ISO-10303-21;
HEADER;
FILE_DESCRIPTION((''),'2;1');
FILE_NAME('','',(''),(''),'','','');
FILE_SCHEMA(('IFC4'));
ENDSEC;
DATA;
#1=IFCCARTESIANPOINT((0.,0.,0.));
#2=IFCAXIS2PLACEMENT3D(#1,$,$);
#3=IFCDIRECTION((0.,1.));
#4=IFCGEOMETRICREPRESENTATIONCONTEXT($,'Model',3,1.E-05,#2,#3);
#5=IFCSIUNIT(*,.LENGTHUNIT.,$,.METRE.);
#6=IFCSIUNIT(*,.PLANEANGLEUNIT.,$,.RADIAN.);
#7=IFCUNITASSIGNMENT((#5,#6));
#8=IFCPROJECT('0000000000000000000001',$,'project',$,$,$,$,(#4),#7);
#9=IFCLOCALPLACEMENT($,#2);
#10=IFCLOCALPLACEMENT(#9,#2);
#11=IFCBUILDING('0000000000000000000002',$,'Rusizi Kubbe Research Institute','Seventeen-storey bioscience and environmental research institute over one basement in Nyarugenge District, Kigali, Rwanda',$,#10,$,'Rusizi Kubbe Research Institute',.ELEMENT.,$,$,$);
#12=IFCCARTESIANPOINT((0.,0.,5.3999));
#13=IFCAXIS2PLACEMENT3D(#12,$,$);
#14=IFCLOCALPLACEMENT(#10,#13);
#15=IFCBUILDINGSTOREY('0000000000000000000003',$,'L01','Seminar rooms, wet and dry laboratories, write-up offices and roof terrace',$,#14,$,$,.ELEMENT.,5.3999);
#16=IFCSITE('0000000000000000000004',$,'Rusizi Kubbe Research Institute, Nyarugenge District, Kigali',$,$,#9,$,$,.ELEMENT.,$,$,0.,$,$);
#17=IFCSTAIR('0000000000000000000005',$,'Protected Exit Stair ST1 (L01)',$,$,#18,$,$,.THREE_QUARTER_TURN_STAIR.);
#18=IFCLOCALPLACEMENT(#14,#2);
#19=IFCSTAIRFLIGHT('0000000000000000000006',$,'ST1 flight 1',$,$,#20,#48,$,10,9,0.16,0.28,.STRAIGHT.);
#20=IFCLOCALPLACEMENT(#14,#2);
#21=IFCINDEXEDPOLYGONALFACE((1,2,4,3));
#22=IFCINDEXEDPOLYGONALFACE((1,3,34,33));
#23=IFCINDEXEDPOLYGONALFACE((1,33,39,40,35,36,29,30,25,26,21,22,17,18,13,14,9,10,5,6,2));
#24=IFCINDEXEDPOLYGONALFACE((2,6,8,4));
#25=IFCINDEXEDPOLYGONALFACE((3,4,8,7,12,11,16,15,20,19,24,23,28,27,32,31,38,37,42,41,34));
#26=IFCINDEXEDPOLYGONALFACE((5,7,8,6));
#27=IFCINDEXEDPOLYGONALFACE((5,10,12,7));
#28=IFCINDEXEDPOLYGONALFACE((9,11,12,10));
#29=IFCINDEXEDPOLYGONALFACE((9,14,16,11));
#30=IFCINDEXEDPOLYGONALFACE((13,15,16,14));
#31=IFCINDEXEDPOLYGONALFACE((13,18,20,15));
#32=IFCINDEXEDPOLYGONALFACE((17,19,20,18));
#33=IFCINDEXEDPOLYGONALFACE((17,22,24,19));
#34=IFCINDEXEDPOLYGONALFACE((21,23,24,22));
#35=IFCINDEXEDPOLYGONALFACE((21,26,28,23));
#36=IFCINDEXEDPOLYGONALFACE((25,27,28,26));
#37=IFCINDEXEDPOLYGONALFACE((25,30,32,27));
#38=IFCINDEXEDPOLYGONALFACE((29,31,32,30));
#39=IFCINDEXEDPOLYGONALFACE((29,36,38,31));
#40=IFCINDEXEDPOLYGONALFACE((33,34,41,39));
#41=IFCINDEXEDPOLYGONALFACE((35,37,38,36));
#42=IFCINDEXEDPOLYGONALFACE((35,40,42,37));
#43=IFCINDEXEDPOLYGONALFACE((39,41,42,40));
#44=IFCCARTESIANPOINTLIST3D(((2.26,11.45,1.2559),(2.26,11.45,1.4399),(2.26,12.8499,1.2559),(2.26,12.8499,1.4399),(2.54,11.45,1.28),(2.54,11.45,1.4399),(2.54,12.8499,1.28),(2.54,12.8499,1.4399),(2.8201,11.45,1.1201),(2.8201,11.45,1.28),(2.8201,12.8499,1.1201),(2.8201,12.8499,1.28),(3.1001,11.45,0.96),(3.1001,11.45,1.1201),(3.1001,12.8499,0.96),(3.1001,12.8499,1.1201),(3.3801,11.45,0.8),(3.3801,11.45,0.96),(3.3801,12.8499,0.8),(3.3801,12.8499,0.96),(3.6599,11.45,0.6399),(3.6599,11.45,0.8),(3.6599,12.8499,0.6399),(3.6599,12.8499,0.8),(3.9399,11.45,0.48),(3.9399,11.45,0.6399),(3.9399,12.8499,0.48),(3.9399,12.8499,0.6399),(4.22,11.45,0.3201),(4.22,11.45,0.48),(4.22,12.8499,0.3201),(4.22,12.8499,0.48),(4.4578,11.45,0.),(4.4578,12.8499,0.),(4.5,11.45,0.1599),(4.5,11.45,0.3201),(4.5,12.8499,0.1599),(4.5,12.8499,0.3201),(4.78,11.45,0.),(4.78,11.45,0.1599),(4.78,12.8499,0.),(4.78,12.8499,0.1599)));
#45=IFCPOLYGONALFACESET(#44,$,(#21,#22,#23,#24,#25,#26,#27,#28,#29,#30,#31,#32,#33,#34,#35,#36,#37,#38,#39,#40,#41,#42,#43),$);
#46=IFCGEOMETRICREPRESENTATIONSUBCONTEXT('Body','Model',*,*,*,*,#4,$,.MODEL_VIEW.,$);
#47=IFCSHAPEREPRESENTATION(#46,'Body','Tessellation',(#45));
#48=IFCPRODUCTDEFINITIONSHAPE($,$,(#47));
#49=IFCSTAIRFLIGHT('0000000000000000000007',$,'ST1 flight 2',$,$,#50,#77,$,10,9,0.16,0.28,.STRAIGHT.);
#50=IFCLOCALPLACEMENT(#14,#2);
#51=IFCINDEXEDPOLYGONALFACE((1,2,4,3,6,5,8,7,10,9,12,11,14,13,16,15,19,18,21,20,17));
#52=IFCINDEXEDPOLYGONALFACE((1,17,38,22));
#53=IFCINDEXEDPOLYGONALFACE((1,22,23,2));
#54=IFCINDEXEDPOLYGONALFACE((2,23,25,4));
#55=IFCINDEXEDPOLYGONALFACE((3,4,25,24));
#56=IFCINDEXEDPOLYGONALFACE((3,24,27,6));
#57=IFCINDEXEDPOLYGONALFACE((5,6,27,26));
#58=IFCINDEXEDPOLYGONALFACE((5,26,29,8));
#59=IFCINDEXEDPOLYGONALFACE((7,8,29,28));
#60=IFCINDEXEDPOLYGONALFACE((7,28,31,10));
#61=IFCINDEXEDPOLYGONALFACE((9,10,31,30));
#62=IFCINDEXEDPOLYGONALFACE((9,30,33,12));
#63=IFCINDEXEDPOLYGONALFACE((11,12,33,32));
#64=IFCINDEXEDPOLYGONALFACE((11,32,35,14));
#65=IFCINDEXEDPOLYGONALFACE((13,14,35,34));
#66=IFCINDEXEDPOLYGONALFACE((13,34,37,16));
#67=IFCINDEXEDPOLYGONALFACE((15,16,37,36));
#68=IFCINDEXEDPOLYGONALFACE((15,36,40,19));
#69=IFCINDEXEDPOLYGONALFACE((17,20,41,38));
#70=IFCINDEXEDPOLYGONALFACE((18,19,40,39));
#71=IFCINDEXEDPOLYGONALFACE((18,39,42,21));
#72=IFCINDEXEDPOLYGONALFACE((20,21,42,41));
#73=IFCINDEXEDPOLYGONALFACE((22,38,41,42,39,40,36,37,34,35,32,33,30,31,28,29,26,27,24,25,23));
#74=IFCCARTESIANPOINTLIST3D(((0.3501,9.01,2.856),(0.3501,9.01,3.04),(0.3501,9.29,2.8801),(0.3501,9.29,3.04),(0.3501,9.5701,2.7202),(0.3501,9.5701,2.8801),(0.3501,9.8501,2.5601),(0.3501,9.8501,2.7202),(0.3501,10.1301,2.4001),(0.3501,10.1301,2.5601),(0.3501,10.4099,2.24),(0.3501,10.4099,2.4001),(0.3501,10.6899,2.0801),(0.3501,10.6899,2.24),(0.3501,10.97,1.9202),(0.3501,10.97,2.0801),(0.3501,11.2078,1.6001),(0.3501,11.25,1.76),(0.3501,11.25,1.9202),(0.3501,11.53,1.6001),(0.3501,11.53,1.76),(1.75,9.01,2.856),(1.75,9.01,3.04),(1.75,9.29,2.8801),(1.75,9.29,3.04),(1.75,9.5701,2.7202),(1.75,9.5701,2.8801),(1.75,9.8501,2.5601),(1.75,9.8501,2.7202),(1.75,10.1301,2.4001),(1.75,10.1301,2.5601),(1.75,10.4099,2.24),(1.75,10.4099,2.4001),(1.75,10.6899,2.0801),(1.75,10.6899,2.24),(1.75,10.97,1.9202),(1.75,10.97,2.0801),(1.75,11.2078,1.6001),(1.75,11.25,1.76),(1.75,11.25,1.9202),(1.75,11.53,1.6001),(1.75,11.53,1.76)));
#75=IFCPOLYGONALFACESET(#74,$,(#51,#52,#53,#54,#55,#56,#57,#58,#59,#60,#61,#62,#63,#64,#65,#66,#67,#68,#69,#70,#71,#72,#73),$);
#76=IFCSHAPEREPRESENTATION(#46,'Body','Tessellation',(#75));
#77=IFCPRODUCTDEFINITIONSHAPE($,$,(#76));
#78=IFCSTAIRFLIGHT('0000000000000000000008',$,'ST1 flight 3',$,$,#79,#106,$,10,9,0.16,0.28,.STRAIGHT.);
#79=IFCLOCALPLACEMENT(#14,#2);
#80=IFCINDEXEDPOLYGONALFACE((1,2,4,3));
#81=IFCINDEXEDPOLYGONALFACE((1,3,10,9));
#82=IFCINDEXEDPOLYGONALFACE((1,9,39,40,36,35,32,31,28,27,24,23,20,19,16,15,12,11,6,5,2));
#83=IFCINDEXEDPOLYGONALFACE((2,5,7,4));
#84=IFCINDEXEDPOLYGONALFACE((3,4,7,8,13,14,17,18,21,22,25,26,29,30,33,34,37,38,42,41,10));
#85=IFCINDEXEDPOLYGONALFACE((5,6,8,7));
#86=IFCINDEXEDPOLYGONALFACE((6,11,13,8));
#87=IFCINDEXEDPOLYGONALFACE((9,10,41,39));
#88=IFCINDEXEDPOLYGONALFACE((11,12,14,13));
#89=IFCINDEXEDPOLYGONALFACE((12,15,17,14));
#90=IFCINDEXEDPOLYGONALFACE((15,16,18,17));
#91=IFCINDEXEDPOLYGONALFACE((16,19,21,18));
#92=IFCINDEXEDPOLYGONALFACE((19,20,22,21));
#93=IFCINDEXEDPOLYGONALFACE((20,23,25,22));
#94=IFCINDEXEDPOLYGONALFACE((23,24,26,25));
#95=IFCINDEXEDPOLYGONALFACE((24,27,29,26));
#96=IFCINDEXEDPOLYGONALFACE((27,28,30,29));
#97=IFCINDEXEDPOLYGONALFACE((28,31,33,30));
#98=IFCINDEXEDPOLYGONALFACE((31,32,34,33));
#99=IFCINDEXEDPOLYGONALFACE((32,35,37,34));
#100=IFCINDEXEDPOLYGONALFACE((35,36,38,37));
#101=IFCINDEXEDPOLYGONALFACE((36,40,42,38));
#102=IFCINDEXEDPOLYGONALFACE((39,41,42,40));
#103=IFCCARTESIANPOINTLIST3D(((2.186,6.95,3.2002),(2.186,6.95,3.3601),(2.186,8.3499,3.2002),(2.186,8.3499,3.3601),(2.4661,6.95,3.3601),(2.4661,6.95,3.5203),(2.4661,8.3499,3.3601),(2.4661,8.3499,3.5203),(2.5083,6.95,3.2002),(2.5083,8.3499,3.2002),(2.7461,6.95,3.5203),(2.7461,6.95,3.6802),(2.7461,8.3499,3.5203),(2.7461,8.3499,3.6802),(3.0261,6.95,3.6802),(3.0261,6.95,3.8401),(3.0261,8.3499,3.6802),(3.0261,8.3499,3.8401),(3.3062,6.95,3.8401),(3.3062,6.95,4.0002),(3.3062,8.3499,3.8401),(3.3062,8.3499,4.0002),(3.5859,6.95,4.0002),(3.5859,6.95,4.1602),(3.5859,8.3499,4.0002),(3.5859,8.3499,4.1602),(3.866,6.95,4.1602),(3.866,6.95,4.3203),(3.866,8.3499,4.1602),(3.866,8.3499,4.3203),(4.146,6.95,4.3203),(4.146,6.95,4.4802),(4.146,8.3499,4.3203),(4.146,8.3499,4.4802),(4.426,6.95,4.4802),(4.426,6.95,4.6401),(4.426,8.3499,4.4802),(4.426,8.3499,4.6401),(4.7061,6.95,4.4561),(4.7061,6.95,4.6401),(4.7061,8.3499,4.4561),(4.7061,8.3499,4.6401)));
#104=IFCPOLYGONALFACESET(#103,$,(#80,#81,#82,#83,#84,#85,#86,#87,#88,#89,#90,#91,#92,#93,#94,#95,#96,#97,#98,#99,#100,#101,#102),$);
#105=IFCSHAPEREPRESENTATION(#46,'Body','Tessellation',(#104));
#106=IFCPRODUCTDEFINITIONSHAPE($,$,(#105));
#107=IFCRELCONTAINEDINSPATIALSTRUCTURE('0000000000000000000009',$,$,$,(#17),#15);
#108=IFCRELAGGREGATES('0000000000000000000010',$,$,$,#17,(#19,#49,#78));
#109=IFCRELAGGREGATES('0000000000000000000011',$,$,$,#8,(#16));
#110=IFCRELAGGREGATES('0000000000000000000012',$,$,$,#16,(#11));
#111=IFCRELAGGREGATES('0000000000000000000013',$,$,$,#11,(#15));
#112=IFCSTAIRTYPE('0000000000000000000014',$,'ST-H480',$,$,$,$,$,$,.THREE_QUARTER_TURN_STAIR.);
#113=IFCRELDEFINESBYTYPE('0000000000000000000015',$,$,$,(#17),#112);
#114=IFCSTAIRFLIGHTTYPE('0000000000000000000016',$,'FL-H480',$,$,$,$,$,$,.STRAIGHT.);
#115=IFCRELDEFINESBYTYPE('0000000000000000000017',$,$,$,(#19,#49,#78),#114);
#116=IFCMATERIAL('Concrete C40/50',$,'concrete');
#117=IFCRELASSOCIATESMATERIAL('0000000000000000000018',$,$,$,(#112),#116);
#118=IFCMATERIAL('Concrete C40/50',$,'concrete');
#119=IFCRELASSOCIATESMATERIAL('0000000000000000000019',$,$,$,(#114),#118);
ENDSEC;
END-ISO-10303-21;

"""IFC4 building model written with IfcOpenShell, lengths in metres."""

from ifc_helpers import new_model, si_unit, direction, frame, origin, place, context, subcontext, project, spatial, polyline, outline, extrude, material, type_object, element, aggregate, save


model = new_model("IFC4")

# Units and contexts
model_context = context("Model", 3, precision=1e-05, world=origin(), true_north=direction((0.0, 1.0)))
body_context = subcontext(model_context, "Body", "Model", "MODEL_VIEW")
ifc_project = project(units=[si_unit("LENGTHUNIT", "METRE"), si_unit("PLANEANGLEUNIT", "RADIAN")], contexts=[model_context])

# Site, building, storey
site_placement = place(None, origin())
site = spatial("IfcSite", under=ifc_project, at=site_placement, Name="Rusizi Kubbe Research Institute, Nyarugenge District, Kigali", CompositionType="ELEMENT", RefElevation=0.0)
building_placement = place(site_placement, origin())
building = spatial("IfcBuilding", under=site, at=building_placement, Name="Rusizi Kubbe Research Institute", Description="Seventeen-storey bioscience and environmental research institute over one basement in Nyarugenge District, Kigali, Rwanda", LongName="Rusizi Kubbe Research Institute", CompositionType="ELEMENT")
storey_placement = place(building_placement, frame((0.0, 0.0, 5.3999)))
storey = spatial("IfcBuildingStorey", under=building, at=storey_placement, Name="L01", Description="Seminar rooms, wet and dry laboratories, write-up offices and roof terrace", CompositionType="ELEMENT", Elevation=5.3999)

# Stair, stair flights
ifc_material_1 = material(Name="Concrete C40/50", Category="concrete")
stair_type = type_object("IfcStairType", Name="ST-H480", PredefinedType="THREE_QUARTER_TURN_STAIR", material=ifc_material_1)
stair_placement = place(storey_placement, origin())
stair = element("IfcStair", 1, at=stair_placement, inside=storey, type_object=stair_type, Name="Protected Exit Stair ST1 (L01)", PredefinedType="THREE_QUARTER_TURN_STAIR")
ifc_material_2 = material(Name="Concrete C40/50", Category="concrete")
stair_flight_type = type_object("IfcStairFlightType", Name="FL-H480", PredefinedType="STRAIGHT", material=ifc_material_2)
stair_flight_1_placement = place(storey_placement, frame((4.78, 12.1499, 0.0), z_axis=(0.0, 0.0, 1.0), x_axis=(-1.0, 0.0, 0.0)))
stair_flight_1 = element("IfcStairFlight", 2, at=stair_flight_1_placement, type_object=stair_flight_type, Name="ST1 flight 1", NumberOfRisers=10, NumberOfTreads=9, PredefinedType="STRAIGHT", RiserHeight=0.16, TreadLength=0.28, context=body_context, shape_type="SweptSolid", body=[
    extrude(outline(polyline([(0.0, 0.0), (0.0, 0.1599), (0.28, 0.1599), (0.28, 0.3201), (0.5601, 0.3201), (0.5601, 0.48), (0.8401, 0.48), (0.8401, 0.6399), (1.1201, 0.6399), (1.1201, 0.8), (1.3999, 0.8), (1.3999, 0.96), (1.6799, 0.96), (1.6799, 1.1201), (1.96, 1.1201), (1.96, 1.28), (2.24, 1.28), (2.24, 1.4399), (2.52, 1.4399), (2.52, 1.6001), (2.52, 1.2559), (0.3223, 0.0), (0.0, 0.0)])), frame((0.0, 0.7, 0.0), z_axis=(0.0, -1.0, 0.0), x_axis=(1.0, 0.0, 0.0)), (0.0, 0.0, 1.0), 1.3999),
])
stair_flight_2_placement = place(storey_placement, frame((1.05, 11.53, 1.6001), z_axis=(0.0, 0.0, 1.0), x_axis=(0.0, -1.0, 0.0)))
stair_flight_2 = element("IfcStairFlight", 3, at=stair_flight_2_placement, type_object=stair_flight_type, Name="ST1 flight 2", NumberOfRisers=10, NumberOfTreads=9, PredefinedType="STRAIGHT", RiserHeight=0.16, TreadLength=0.28, context=body_context, shape_type="SweptSolid", body=[
    extrude(outline(polyline([(0.0, 0.0), (0.0, 0.1599), (0.28, 0.1599), (0.28, 0.3201), (0.5601, 0.3201), (0.5601, 0.48), (0.8401, 0.48), (0.8401, 0.6399), (1.1201, 0.6399), (1.1201, 0.8), (1.3999, 0.8), (1.3999, 0.96), (1.6799, 0.96), (1.6799, 1.1201), (1.96, 1.1201), (1.96, 1.28), (2.24, 1.28), (2.24, 1.4399), (2.52, 1.4399), (2.52, 1.6001), (2.52, 1.2559), (0.3223, 0.0), (0.0, 0.0)])), frame((0.0, 0.7, 0.0), z_axis=(0.0, -1.0, 0.0), x_axis=(1.0, 0.0, 0.0)), (0.0, 0.0, 1.0), 1.3999),
])
stair_flight_3_placement = place(storey_placement, frame((2.186, 7.6499, 3.2002), z_axis=(0.0, 0.0, 1.0), x_axis=(1.0, 0.0, 0.0)))
stair_flight_3 = element("IfcStairFlight", 4, at=stair_flight_3_placement, type_object=stair_flight_type, Name="ST1 flight 3", NumberOfRisers=10, NumberOfTreads=9, PredefinedType="STRAIGHT", RiserHeight=0.16, TreadLength=0.28, context=body_context, shape_type="SweptSolid", body=[
    extrude(outline(polyline([(0.0, 0.0), (0.0, 0.1599), (0.28, 0.1599), (0.28, 0.3201), (0.5601, 0.3201), (0.5601, 0.48), (0.8401, 0.48), (0.8401, 0.6399), (1.1201, 0.6399), (1.1201, 0.8), (1.3999, 0.8), (1.3999, 0.96), (1.6799, 0.96), (1.6799, 1.1201), (1.96, 1.1201), (1.96, 1.28), (2.24, 1.28), (2.24, 1.4399), (2.52, 1.4399), (2.52, 1.6001), (2.52, 1.2559), (0.3223, 0.0), (0.0, 0.0)])), frame((0.0, 0.7, 0.0), z_axis=(0.0, -1.0, 0.0), x_axis=(1.0, 0.0, 0.0)), (0.0, 0.0, 1.0), 1.3999),
])
aggregate(stair, [stair_flight_1, stair_flight_2, stair_flight_3])

save(model, "model.ifc")
